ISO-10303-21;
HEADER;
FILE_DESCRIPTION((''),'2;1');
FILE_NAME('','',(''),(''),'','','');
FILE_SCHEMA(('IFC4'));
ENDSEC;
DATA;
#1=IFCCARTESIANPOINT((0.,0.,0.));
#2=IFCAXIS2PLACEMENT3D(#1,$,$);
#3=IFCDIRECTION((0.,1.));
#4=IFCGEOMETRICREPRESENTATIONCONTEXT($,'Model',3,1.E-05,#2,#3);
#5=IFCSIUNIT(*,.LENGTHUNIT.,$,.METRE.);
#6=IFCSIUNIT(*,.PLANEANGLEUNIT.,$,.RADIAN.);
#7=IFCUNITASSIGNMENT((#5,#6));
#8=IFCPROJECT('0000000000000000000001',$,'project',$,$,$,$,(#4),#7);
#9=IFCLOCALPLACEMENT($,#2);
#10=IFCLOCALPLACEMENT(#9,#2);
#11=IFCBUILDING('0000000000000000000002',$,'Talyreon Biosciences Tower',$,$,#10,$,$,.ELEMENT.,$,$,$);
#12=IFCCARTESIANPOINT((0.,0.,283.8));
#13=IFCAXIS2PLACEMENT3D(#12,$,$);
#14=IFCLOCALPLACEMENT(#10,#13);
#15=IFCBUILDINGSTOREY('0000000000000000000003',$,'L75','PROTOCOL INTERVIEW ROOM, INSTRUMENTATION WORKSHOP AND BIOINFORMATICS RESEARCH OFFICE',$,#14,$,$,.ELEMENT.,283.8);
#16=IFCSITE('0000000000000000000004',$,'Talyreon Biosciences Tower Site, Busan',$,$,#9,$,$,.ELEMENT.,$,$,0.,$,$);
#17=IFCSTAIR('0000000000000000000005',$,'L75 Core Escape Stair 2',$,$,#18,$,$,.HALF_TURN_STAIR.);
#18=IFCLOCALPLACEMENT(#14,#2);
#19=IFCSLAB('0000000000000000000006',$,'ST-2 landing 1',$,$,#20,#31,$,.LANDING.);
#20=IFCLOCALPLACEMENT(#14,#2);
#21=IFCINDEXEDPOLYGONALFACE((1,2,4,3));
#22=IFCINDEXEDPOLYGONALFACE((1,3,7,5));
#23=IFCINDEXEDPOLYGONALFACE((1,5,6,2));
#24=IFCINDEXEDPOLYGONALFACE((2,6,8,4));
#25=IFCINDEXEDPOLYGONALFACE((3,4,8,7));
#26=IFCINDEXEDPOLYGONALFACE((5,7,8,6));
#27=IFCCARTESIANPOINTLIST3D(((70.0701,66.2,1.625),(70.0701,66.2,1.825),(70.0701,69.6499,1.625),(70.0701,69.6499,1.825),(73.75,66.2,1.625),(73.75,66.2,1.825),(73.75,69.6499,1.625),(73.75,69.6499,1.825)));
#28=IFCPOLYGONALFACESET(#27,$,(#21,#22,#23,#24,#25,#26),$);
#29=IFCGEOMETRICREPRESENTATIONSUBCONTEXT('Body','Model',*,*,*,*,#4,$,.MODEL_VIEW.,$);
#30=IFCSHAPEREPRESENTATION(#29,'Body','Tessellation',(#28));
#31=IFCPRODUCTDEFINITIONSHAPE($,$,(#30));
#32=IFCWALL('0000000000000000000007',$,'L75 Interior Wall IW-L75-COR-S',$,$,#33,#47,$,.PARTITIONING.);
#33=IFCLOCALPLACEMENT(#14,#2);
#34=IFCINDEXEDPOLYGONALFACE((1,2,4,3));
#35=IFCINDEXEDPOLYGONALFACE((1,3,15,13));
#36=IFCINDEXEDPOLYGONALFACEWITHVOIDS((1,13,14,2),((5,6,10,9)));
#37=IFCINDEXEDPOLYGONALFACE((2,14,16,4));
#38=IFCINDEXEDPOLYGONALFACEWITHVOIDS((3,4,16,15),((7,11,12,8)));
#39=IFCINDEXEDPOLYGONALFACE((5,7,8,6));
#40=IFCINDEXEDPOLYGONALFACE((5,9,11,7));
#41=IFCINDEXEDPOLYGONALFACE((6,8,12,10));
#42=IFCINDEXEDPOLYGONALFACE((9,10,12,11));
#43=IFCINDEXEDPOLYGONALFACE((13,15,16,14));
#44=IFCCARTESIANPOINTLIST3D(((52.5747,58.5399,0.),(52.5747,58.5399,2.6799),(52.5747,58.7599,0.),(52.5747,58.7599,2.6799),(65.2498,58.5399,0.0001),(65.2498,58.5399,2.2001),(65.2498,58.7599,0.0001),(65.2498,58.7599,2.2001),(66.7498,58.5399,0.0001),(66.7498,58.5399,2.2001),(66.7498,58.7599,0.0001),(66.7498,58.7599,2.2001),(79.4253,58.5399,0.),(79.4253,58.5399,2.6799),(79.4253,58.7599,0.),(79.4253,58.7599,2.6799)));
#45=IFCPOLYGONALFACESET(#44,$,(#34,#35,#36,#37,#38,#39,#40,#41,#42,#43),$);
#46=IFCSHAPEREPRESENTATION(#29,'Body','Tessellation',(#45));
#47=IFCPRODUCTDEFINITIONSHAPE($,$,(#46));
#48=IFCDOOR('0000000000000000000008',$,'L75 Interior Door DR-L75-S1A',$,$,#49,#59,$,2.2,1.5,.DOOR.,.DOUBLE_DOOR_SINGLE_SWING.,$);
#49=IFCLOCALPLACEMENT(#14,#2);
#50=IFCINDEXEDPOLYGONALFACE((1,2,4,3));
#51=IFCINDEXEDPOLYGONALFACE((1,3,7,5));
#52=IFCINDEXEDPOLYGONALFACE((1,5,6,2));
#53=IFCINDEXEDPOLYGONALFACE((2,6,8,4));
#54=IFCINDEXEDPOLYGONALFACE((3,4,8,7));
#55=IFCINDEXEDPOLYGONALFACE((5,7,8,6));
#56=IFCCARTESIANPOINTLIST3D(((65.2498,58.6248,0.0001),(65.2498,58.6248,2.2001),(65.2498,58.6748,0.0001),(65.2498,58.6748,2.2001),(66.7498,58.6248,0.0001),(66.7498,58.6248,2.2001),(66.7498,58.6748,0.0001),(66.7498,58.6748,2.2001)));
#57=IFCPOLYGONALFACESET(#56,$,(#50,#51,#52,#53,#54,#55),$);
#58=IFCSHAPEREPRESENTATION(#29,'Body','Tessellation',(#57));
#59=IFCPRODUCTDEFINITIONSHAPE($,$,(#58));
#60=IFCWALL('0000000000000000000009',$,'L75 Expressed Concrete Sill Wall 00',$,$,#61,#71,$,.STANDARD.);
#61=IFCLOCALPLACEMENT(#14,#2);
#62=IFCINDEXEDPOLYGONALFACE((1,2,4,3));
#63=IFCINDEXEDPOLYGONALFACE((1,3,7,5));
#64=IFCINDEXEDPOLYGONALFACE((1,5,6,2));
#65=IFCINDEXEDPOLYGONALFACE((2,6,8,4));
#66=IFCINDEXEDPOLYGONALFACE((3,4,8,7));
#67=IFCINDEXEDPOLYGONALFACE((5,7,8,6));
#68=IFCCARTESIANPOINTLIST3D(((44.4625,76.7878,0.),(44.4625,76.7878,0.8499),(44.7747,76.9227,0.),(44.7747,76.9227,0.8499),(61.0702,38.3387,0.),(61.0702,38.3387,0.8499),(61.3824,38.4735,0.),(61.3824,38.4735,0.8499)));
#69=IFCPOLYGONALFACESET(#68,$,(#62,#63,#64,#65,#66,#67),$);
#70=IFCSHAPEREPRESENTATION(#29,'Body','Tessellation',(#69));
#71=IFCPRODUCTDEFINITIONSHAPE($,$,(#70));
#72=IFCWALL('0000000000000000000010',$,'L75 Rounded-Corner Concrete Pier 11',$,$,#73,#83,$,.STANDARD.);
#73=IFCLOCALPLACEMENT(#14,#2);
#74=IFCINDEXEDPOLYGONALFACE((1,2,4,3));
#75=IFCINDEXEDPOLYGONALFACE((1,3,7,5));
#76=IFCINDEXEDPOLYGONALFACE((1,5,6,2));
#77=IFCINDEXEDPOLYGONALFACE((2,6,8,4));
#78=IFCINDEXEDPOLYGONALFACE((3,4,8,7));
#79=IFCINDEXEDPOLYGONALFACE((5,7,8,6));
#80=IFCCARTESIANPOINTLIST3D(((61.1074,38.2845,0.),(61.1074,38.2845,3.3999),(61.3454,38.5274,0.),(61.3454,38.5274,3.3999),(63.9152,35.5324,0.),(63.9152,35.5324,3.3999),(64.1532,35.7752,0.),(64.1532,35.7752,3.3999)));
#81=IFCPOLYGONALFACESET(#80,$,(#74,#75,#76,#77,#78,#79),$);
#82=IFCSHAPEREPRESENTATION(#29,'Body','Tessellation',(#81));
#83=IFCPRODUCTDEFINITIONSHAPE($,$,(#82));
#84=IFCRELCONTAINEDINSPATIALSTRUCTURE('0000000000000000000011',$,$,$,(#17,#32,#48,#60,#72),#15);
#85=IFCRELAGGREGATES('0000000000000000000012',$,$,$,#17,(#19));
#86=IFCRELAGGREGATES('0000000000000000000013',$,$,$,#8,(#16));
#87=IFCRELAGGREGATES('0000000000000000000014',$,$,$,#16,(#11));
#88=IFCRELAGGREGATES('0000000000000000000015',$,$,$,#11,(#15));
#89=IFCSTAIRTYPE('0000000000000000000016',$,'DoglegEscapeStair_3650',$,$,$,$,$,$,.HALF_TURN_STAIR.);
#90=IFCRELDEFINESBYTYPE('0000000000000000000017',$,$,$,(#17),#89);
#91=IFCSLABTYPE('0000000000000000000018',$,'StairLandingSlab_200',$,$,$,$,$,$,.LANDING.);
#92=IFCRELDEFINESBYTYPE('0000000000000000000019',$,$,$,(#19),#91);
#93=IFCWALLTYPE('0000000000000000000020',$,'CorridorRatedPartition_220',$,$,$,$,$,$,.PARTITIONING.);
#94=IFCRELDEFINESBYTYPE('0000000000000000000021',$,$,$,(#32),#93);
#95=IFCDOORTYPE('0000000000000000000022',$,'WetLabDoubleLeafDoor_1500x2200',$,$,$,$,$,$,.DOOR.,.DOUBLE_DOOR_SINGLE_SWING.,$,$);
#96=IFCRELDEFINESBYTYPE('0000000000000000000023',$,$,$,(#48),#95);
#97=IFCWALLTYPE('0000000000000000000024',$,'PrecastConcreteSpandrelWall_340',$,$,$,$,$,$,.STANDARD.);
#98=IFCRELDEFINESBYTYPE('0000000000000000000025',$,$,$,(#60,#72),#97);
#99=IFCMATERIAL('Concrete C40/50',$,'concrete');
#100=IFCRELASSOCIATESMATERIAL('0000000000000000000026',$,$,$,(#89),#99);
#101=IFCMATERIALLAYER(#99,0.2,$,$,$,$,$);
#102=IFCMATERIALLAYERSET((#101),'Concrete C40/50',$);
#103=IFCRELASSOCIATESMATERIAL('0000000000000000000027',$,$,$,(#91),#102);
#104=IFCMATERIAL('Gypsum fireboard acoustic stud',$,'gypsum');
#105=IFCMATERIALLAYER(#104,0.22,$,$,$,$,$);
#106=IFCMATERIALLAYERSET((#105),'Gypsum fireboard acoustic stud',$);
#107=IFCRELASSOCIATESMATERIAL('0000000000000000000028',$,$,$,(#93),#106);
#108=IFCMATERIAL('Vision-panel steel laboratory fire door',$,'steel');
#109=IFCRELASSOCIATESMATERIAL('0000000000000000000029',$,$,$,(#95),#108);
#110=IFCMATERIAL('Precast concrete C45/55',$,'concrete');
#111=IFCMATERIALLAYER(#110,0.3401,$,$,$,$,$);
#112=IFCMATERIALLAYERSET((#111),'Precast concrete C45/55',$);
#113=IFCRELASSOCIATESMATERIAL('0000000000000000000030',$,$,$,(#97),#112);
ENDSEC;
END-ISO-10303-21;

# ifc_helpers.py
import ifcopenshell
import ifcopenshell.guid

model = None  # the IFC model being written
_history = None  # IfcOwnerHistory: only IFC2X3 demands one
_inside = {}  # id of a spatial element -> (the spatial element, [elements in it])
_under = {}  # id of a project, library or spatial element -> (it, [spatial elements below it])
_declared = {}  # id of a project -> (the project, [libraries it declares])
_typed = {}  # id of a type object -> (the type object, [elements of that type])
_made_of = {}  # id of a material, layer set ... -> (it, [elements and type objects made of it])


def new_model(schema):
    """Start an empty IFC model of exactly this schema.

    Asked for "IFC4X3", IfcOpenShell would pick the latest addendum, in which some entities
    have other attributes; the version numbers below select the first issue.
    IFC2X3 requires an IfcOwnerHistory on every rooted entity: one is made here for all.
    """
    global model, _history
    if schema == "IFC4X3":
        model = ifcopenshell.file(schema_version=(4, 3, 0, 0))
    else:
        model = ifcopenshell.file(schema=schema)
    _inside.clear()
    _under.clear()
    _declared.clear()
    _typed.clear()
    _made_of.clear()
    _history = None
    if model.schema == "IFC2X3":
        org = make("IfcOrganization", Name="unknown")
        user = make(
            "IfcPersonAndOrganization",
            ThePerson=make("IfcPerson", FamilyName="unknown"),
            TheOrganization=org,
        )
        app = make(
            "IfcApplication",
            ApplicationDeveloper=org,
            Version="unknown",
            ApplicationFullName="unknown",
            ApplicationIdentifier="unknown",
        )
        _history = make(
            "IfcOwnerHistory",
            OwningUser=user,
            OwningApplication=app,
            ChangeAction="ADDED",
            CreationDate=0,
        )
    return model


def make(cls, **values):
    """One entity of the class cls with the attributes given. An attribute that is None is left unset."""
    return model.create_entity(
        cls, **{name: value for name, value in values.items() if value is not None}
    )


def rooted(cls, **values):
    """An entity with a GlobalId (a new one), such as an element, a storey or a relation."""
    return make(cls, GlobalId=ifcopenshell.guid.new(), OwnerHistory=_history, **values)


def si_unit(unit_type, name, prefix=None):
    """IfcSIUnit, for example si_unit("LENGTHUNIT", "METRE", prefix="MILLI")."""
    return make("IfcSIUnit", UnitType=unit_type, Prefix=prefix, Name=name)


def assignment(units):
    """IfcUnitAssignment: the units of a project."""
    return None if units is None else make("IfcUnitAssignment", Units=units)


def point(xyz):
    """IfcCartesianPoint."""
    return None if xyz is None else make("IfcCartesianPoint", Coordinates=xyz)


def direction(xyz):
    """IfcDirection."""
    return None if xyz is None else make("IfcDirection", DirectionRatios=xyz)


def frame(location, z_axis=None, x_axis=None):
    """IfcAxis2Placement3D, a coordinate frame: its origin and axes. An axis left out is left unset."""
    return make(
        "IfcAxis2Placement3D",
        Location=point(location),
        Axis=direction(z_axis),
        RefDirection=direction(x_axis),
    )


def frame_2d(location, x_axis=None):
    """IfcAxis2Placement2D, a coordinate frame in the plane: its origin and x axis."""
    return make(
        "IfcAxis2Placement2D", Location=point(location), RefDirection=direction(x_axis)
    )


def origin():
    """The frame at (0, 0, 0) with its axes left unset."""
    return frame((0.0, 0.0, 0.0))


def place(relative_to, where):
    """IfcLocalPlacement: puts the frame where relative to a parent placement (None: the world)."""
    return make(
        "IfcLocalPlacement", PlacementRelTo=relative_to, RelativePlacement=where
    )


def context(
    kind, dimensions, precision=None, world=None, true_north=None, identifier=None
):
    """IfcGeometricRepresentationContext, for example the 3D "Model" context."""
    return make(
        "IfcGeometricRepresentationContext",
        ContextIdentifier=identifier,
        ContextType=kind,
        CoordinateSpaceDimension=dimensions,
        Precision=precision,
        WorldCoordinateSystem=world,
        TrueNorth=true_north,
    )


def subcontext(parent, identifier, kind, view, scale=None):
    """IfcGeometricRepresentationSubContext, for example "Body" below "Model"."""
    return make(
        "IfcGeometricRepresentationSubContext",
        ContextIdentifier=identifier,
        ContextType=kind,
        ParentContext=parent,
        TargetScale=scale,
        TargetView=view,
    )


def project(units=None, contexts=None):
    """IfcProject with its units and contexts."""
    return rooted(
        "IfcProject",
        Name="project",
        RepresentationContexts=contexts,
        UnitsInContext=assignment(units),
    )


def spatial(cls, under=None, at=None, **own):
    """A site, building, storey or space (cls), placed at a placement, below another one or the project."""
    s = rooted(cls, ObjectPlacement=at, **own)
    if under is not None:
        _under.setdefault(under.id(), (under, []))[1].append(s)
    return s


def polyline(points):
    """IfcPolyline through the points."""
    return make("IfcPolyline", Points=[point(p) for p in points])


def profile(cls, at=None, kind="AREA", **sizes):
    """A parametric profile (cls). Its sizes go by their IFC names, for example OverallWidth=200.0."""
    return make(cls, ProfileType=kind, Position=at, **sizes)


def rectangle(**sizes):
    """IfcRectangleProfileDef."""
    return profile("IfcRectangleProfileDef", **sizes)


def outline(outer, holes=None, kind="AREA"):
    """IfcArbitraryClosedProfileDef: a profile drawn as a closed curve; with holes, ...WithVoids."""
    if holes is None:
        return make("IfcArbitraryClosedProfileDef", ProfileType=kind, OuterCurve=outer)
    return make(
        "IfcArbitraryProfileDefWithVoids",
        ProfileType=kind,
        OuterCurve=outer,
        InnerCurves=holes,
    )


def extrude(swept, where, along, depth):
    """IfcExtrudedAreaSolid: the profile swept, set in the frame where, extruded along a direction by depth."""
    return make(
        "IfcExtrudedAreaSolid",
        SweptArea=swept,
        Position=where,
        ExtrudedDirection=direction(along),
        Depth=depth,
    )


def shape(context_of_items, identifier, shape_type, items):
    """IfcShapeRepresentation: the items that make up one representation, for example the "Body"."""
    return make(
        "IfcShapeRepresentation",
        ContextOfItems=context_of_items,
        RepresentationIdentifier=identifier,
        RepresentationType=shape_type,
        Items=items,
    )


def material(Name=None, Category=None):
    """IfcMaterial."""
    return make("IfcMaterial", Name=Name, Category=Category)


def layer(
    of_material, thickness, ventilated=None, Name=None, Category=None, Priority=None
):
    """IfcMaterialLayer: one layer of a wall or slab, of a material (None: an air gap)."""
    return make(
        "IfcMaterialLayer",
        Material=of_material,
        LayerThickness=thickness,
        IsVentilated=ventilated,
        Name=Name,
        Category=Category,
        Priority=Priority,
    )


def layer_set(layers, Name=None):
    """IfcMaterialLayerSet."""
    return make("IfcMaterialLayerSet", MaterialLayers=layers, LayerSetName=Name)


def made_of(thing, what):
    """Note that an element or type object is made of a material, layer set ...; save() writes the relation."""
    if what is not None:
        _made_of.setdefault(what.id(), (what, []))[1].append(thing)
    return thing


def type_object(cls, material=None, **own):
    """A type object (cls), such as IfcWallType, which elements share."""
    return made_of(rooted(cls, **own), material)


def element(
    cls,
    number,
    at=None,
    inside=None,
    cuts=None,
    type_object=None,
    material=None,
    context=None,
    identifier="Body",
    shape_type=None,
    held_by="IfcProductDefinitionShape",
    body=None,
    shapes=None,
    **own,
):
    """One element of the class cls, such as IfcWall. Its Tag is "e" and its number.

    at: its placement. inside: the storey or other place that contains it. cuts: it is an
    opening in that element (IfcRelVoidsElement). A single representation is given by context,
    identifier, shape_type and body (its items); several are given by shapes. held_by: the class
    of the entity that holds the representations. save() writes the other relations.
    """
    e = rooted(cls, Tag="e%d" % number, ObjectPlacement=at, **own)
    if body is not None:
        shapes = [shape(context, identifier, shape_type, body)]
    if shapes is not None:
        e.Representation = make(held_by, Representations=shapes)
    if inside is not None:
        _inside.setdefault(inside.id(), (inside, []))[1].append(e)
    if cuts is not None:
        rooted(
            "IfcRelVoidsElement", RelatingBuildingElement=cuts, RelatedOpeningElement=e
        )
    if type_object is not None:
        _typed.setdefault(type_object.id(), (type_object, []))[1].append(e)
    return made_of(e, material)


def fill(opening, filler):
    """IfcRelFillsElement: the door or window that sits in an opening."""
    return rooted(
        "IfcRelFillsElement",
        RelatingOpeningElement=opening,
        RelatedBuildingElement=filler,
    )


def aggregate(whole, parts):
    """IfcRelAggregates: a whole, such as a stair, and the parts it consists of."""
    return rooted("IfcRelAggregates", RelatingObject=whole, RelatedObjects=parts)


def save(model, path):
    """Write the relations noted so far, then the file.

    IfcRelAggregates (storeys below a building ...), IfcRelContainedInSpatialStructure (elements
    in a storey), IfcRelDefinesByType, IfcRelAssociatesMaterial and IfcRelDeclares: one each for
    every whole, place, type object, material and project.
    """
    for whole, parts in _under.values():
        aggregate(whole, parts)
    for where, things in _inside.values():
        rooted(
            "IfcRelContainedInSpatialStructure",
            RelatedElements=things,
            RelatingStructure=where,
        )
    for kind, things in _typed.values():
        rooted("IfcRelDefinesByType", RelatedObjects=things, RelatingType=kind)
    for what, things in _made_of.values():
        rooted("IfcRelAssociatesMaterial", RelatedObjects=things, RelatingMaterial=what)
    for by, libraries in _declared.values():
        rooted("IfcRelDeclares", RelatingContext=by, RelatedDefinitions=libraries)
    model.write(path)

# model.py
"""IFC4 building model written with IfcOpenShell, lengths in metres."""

from ifc_helpers import new_model, si_unit, direction, frame, frame_2d, origin, place, context, subcontext, project, spatial, polyline, rectangle, outline, extrude, material, layer, layer_set, type_object, element, fill, aggregate, save


model = new_model("IFC4")

# Units and contexts
model_context = context("Model", 3, precision=1e-05, world=origin(), true_north=direction((0.0, 1.0)))
body_context = subcontext(model_context, "Body", "Model", "MODEL_VIEW")
ifc_project = project(units=[si_unit("LENGTHUNIT", "METRE"), si_unit("PLANEANGLEUNIT", "RADIAN")], contexts=[model_context])

# Site, building, storey
site_placement = place(None, origin())
site = spatial("IfcSite", under=ifc_project, at=site_placement, Name="Talyreon Biosciences Tower Site, Busan", CompositionType="ELEMENT", RefElevation=0.0)
building_placement = place(site_placement, origin())
building = spatial("IfcBuilding", under=site, at=building_placement, Name="Talyreon Biosciences Tower", CompositionType="ELEMENT")
storey_placement = place(building_placement, frame((0.0, 0.0, 283.8)))
storey = spatial("IfcBuildingStorey", under=building, at=storey_placement, Name="L75", Description="PROTOCOL INTERVIEW ROOM, INSTRUMENTATION WORKSHOP AND BIOINFORMATICS RESEARCH OFFICE", CompositionType="ELEMENT", Elevation=283.8)

# Shared definitions
ifc_material_1 = material(Name="Precast concrete C45/55", Category="concrete")

# Shared definitions
ifc_material_2 = material(Name="Concrete C40/50", Category="concrete")

# Stair, slab
stair_type = type_object("IfcStairType", Name="DoglegEscapeStair_3650", PredefinedType="HALF_TURN_STAIR", material=ifc_material_2)
ifc_layer_1 = layer(ifc_material_2, 0.2)
ifc_layer_set_1 = layer_set([ifc_layer_1], Name="Concrete C40/50")
slab_type_1 = type_object("IfcSlabType", Name="StairLandingSlab_200", PredefinedType="LANDING", material=ifc_layer_set_1)
stair_1_placement = place(storey_placement, origin())
stair_1 = element("IfcStair", 1, at=stair_1_placement, inside=storey, type_object=stair_type, Name="L75 Core Escape Stair 2", PredefinedType="HALF_TURN_STAIR")
slab_1_placement = place(storey_placement, frame((0.0, 0.0, 1.625)))
slab_1 = element("IfcSlab", 2, at=slab_1_placement, type_object=slab_type_1, Name="ST-2 landing 1", PredefinedType="LANDING", context=body_context, shape_type="SweptSolid", body=[
    extrude(outline(polyline([(73.75, 66.2), (73.75, 69.6499), (70.0701, 69.6499), (70.0701, 66.2), (73.75, 66.2)])), origin(), (0.0, 0.0, 1.0), 0.2),
])
aggregate(stair_1, [slab_1])

# Wall, opening, door
ifc_material_3 = material(Name="Gypsum fireboard acoustic stud", Category="gypsum")
ifc_layer_2 = layer(ifc_material_3, 0.22)
ifc_layer_set_2 = layer_set([ifc_layer_2], Name="Gypsum fireboard acoustic stud")
wall_type_1 = type_object("IfcWallType", Name="CorridorRatedPartition_220", PredefinedType="PARTITIONING", material=ifc_layer_set_2)
wall_1_placement = place(storey_placement, frame((52.5747, 58.6499, 0.0), z_axis=(0.0, 0.0, 1.0), x_axis=(1.0, 0.0, 0.0)))
wall_1 = element("IfcWall", 3, at=wall_1_placement, inside=storey, type_object=wall_type_1, Name="L75 Interior Wall IW-L75-COR-S", PredefinedType="PARTITIONING", context=body_context, shape_type="SweptSolid", body=[
    extrude(rectangle(XDim=26.8506, YDim=0.22, at=frame_2d((13.4253, 0.0))), origin(), (0.0, 0.0, 1.0), 2.6799),
])
opening_placement = place(wall_1_placement, frame((12.675, 0.0, 0.0)))
opening = element("IfcOpeningElement", 4, at=opening_placement, cuts=wall_1, PredefinedType="OPENING", context=body_context, shape_type="SweptSolid", body=[
    extrude(rectangle(XDim=1.5, YDim=2.2, at=frame_2d((0.75, 1.1001))), frame((0.0, 0.1199, 0.0), z_axis=(0.0, -1.0, 0.0), x_axis=(1.0, 0.0, 0.0)), (0.0, 0.0, 1.0), 0.24),
])
ifc_material_4 = material(Name="Vision-panel steel laboratory fire door", Category="steel")
door_type = type_object("IfcDoorType", Name="WetLabDoubleLeafDoor_1500x2200", OperationType="DOUBLE_DOOR_SINGLE_SWING", PredefinedType="DOOR", material=ifc_material_4)
door_placement = place(opening_placement, origin())
door = element("IfcDoor", 5, at=door_placement, inside=storey, type_object=door_type, Name="L75 Interior Door DR-L75-S1A", OperationType="DOUBLE_DOOR_SINGLE_SWING", OverallHeight=2.2, OverallWidth=1.5, PredefinedType="DOOR", context=body_context, shape_type="SweptSolid", body=[
    extrude(rectangle(XDim=1.5, YDim=2.2, at=frame_2d((0.75, 1.1001))), frame((0.0, 0.0249, 0.0), z_axis=(0.0, -1.0, 0.0), x_axis=(1.0, 0.0, 0.0)), (0.0, 0.0, 1.0), 0.05),
])
fill(opening, door)

# Walls
ifc_layer_3 = layer(ifc_material_1, 0.3401)
ifc_layer_set_3 = layer_set([ifc_layer_3], Name="Precast concrete C45/55")
wall_type_2 = type_object("IfcWallType", Name="PrecastConcreteSpandrelWall_340", PredefinedType="STANDARD", material=ifc_layer_set_3)
wall_2_placement = place(storey_placement, frame((61.2263, 38.406, 0.0), z_axis=(0.0, 0.0, 1.0), x_axis=(-0.396528, 0.918022, 0.0)))
element("IfcWall", 6, at=wall_2_placement, inside=storey, type_object=wall_type_2, Name="L75 Expressed Concrete Sill Wall 00", PredefinedType="STANDARD", context=body_context, shape_type="SweptSolid", body=[
    extrude(rectangle(XDim=41.8826, YDim=0.3401, at=frame_2d((20.9414, 0.0))), origin(), (0.0, 0.0, 1.0), 0.8499),
])
wall_3_placement = place(storey_placement, frame((64.0342, 35.6538, 0.0), z_axis=(0.0, 0.0, 1.0), x_axis=(-0.71415, 0.699993, 0.0)))
element("IfcWall", 7, at=wall_3_placement, inside=storey, type_object=wall_type_2, Name="L75 Rounded-Corner Concrete Pier 11", PredefinedType="STANDARD", context=body_context, shape_type="SweptSolid", body=[
    extrude(rectangle(XDim=3.9316, YDim=0.3401, at=frame_2d((1.9658, 0.0))), origin(), (0.0, 0.0, 1.0), 3.3999),
])

save(model, "model.ifc")
